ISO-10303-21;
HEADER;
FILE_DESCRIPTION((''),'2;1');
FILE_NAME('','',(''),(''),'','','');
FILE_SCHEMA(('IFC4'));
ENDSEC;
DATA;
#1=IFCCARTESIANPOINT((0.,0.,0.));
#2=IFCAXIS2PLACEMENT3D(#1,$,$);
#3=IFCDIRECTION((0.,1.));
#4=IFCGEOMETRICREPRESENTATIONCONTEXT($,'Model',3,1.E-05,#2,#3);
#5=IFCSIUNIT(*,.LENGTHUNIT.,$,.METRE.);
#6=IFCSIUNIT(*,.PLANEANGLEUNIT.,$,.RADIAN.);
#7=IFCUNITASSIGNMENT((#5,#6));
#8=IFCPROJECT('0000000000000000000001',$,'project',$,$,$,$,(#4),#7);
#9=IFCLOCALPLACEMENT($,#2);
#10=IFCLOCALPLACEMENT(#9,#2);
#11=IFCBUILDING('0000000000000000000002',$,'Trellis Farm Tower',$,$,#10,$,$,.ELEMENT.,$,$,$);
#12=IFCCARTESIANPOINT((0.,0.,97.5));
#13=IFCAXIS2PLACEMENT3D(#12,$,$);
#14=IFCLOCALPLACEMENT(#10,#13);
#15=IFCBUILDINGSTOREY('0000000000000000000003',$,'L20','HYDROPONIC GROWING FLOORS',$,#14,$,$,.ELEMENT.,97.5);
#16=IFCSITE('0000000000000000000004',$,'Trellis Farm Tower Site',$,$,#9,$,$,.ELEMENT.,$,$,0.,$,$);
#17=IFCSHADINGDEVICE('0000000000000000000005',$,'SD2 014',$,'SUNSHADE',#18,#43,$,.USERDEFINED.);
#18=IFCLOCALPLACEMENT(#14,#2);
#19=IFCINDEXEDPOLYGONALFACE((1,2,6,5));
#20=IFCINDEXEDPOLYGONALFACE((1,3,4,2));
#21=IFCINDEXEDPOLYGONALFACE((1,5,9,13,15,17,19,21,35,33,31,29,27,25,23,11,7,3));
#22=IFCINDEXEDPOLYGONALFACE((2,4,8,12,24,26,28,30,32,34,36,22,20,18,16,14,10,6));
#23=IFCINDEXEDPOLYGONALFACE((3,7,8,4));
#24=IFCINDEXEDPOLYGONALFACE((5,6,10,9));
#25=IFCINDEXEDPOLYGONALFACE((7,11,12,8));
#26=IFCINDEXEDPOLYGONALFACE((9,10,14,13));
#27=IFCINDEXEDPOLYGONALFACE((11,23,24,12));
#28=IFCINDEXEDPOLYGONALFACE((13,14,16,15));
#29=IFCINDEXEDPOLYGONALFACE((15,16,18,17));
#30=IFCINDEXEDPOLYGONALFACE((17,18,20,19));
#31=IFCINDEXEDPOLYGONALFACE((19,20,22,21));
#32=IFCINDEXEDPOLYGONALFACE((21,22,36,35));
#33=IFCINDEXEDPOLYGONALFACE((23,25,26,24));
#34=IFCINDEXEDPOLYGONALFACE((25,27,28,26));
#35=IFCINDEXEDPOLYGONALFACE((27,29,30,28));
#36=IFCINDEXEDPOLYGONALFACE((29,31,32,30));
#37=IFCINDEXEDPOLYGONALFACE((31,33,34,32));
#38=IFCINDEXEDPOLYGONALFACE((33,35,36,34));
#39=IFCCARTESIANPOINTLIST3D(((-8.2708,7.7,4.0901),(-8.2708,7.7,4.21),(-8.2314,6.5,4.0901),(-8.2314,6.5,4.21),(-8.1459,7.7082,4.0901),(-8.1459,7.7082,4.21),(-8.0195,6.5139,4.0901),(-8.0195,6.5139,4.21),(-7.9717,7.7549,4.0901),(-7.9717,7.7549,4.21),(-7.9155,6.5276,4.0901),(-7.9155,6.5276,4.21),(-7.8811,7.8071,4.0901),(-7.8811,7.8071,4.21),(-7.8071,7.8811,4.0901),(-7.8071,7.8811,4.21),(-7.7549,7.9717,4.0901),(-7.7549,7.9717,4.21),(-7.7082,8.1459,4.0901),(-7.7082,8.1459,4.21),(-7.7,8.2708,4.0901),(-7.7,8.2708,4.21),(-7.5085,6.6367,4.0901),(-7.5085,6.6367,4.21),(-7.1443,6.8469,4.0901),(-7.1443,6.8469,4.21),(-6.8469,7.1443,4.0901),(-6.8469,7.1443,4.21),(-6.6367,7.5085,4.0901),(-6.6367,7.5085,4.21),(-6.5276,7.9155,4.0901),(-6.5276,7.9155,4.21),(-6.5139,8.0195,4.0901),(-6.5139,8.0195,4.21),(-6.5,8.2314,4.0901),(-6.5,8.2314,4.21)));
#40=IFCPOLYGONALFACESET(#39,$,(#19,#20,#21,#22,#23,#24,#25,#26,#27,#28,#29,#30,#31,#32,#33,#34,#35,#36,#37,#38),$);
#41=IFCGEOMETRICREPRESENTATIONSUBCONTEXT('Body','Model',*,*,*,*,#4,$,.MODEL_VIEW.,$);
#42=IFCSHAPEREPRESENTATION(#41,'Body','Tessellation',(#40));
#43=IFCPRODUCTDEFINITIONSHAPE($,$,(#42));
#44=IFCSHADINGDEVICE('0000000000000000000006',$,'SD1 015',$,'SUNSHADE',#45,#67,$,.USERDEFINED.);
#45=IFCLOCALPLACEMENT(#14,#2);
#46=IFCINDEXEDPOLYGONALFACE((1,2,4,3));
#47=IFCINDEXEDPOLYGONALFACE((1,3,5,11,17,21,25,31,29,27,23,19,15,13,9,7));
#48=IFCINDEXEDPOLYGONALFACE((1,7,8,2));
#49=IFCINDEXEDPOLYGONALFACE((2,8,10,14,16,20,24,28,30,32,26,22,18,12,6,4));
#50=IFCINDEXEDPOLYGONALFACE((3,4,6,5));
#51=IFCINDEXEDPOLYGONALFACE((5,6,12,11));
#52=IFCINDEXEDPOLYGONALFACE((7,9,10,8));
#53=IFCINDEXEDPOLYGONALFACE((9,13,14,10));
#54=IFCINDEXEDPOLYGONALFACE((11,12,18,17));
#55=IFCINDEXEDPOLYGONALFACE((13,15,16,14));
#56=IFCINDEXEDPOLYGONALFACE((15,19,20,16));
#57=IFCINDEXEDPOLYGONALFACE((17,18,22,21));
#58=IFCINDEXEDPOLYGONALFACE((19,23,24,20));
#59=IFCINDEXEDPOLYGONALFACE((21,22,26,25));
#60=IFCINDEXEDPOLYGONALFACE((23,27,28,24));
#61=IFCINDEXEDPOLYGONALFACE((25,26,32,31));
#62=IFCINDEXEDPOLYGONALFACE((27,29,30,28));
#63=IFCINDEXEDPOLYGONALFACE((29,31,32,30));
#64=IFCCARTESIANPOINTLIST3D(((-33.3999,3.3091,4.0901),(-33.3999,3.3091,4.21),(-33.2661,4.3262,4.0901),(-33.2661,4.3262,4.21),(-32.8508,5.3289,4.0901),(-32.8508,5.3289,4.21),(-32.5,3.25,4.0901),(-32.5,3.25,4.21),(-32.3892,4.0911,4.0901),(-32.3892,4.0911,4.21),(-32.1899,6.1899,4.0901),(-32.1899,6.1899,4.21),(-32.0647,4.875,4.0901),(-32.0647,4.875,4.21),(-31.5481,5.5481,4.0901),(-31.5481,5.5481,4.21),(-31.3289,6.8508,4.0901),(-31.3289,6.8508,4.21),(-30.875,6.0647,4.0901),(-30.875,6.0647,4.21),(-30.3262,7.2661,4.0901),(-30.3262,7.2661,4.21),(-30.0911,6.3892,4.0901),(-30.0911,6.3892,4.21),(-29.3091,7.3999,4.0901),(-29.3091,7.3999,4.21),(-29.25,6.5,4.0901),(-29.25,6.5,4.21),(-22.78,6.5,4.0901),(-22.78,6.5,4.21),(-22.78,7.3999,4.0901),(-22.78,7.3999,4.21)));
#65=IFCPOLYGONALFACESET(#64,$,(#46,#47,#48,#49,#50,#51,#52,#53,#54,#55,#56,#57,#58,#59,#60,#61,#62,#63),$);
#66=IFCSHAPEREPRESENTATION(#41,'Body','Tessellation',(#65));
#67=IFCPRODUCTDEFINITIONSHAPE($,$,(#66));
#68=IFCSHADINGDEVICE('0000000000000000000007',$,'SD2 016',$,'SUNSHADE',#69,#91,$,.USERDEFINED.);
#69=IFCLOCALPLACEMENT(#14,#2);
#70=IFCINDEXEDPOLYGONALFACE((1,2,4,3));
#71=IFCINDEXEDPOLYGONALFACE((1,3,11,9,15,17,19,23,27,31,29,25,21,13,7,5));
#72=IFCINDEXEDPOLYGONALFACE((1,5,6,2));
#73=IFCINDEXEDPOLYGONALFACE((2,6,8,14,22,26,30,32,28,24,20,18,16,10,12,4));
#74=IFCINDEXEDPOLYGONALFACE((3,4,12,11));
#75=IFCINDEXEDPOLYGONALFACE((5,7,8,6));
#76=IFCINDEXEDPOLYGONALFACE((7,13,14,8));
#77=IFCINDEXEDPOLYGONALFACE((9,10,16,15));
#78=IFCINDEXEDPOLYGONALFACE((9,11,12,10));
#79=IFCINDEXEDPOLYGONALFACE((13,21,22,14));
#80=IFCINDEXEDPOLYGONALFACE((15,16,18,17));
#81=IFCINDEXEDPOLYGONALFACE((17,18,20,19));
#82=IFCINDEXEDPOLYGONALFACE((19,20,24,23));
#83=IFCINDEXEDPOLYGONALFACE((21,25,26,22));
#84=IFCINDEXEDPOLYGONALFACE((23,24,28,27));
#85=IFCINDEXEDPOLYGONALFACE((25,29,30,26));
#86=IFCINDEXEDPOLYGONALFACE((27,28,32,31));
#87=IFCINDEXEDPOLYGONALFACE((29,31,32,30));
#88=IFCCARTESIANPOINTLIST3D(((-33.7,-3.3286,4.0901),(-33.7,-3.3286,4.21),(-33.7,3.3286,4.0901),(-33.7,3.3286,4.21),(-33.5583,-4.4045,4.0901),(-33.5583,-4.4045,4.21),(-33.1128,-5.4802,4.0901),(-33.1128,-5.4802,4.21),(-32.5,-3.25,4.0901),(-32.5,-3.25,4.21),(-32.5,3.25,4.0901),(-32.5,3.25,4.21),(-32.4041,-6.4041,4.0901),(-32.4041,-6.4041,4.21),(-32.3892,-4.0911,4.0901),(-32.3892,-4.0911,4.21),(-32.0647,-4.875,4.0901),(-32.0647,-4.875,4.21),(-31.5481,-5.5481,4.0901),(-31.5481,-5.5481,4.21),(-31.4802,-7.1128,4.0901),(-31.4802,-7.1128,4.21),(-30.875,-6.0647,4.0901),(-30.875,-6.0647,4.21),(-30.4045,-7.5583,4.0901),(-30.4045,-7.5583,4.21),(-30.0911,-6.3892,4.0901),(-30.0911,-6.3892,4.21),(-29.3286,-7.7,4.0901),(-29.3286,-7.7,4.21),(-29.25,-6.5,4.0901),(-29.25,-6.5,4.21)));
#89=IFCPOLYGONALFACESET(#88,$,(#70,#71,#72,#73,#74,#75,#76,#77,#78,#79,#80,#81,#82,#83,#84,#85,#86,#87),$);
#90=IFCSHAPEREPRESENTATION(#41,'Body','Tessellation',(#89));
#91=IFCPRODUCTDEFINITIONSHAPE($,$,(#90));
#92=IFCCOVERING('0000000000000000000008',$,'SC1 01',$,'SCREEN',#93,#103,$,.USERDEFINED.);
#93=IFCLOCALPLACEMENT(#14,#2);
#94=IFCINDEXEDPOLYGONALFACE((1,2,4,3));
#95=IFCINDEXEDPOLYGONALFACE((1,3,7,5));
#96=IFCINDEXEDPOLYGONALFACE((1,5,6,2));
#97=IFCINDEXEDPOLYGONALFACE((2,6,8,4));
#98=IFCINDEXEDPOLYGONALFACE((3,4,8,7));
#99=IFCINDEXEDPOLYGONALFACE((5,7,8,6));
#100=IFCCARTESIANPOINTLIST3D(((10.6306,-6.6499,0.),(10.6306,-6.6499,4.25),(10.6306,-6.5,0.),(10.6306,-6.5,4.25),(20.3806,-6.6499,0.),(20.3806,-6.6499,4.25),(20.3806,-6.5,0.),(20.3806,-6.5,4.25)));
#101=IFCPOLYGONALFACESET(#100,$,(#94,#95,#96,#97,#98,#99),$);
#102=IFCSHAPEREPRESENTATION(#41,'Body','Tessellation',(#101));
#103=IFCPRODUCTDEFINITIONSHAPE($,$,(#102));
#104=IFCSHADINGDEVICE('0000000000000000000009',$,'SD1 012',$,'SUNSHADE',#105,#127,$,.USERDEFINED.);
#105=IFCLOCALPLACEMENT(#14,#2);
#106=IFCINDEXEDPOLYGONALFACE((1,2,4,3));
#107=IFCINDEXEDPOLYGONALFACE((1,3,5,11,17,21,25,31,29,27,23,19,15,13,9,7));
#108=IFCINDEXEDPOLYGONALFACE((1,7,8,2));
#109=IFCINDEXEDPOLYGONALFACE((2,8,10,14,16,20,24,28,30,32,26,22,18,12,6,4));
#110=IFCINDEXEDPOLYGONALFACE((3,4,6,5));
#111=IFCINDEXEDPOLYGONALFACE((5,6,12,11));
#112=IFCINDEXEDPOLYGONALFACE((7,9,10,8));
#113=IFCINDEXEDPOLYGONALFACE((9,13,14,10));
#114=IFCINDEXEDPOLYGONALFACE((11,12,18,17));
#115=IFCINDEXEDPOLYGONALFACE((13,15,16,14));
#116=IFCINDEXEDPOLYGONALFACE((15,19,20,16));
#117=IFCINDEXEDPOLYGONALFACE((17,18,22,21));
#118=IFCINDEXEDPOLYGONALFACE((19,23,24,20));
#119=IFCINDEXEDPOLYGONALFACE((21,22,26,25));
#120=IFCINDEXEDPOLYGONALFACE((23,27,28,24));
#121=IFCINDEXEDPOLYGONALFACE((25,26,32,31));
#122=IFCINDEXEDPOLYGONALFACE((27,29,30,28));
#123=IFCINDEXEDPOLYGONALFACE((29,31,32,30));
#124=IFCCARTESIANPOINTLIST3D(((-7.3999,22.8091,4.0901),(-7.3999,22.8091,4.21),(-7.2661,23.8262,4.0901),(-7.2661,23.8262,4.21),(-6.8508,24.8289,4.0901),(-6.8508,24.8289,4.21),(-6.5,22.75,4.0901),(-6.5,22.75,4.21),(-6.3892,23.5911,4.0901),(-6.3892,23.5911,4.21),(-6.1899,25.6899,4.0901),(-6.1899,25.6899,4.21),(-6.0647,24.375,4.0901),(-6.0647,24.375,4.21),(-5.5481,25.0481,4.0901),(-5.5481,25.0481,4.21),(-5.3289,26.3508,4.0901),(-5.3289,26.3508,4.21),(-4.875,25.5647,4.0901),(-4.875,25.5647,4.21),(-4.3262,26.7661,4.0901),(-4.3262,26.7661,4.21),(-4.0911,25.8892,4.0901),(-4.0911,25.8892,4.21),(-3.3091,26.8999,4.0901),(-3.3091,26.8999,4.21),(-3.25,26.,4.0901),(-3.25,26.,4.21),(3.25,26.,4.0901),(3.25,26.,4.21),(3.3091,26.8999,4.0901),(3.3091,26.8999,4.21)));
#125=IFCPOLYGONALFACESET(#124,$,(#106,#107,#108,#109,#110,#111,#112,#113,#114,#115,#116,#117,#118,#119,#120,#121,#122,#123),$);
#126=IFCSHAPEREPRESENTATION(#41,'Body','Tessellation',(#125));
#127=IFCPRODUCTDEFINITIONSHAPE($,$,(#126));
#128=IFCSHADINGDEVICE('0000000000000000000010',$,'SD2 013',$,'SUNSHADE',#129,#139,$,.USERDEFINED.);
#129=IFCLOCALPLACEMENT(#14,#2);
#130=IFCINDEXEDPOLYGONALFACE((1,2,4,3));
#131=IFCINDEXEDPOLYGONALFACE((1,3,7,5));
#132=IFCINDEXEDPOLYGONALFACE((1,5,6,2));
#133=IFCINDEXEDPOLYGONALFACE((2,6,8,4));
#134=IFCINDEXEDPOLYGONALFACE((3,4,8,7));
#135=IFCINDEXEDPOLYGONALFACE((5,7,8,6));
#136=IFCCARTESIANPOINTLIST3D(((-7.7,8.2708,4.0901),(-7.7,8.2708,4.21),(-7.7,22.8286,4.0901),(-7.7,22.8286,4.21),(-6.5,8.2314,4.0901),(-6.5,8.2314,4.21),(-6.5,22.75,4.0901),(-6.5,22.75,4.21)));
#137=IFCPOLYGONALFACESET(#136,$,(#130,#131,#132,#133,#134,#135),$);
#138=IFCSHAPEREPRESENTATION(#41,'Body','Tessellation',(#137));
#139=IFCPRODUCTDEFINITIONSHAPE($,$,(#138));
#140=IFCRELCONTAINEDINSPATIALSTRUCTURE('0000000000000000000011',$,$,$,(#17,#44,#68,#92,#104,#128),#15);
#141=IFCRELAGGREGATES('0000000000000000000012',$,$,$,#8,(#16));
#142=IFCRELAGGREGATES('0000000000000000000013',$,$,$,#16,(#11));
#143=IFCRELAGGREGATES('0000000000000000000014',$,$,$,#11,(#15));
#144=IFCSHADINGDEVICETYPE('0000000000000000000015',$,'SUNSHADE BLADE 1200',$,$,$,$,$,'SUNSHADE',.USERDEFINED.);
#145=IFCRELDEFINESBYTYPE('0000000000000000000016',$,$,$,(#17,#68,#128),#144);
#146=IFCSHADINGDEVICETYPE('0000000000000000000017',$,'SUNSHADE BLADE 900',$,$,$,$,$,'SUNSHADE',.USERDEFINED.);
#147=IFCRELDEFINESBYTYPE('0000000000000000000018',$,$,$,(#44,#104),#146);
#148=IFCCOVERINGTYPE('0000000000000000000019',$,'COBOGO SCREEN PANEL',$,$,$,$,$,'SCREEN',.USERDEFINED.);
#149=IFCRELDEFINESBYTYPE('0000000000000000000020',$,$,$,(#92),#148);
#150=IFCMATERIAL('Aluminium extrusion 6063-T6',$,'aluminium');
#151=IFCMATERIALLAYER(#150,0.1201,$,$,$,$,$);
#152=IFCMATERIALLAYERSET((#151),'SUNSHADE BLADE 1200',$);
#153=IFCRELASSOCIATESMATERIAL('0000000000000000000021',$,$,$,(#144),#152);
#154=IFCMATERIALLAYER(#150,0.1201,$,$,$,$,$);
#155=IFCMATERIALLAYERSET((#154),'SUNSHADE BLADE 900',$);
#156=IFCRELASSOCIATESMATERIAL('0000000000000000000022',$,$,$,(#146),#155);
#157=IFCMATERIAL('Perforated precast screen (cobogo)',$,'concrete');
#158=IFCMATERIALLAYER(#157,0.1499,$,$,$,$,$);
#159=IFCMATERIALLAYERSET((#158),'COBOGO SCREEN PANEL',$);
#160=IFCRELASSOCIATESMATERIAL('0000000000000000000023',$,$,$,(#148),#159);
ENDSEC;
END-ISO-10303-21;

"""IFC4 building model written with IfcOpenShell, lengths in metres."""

from ifc_helpers import new_model, si_unit, direction, frame, origin, place, context, subcontext, project, spatial, polyline, outline, extrude, source, transform, mapped, material, layer, layer_set, type_object, element, save


model = new_model("IFC4")

# Units and contexts
model_context = context("Model", 3, precision=1e-05, world=origin(), true_north=direction((0.0, 1.0)))
body_context = subcontext(model_context, "Body", "Model", "MODEL_VIEW")
ifc_project = project(units=[si_unit("LENGTHUNIT", "METRE"), si_unit("PLANEANGLEUNIT", "RADIAN")], contexts=[model_context])

# Site, building, storey
site_placement = place(None, origin())
site = spatial("IfcSite", under=ifc_project, at=site_placement, Name="Trellis Farm Tower Site", CompositionType="ELEMENT", RefElevation=0.0)
building_placement = place(site_placement, origin())
building = spatial("IfcBuilding", under=site, at=building_placement, Name="Trellis Farm Tower", CompositionType="ELEMENT")
storey_placement = place(building_placement, frame((0.0, 0.0, 97.5)))
storey = spatial("IfcBuildingStorey", under=building, at=storey_placement, Name="L20", Description="HYDROPONIC GROWING FLOORS", CompositionType="ELEMENT", Elevation=97.5)

# Shared definitions
placement_1 = place(storey_placement, origin())
ifc_material_1 = material(Name="Aluminium extrusion 6063-T6", Category="aluminium")

# Shading devices
ifc_layer_1 = layer(ifc_material_1, 0.1201)
ifc_layer_set_1 = layer_set([ifc_layer_1], Name="SUNSHADE BLADE 1200")
shading_device_type_1 = type_object("IfcShadingDeviceType", Name="SUNSHADE BLADE 1200", ElementType="SUNSHADE", PredefinedType="USERDEFINED", material=ifc_layer_set_1)
shared_shape_1 = source(origin(), body_context, "Body", "SweptSolid", [
    extrude(outline(polyline([(-7.7, 8.2708), (-7.7087, 8.1372), (-7.707, 8.1501), (-7.7549, 7.9717), (-7.8071, 7.8811), (-7.8811, 7.8071), (-7.9717, 7.7549), (-8.1501, 7.707), (-8.1372, 7.7087), (-8.2708, 7.7), (-8.2314, 6.5), (-8.0195, 6.5139), (-7.9155, 6.5276), (-7.5085, 6.6367), (-7.1443, 6.8469), (-6.8469, 7.1443), (-6.6367, 7.5085), (-6.5276, 7.9155), (-6.5139, 8.0195), (-6.5, 8.2314), (-7.7, 8.2708)])), origin(), (0.0, 0.0, 1.0), 0.1199),
])
placement_2 = place(storey_placement, frame((0.0, 0.0, 4.0901)))
element("IfcShadingDevice", 1, at=placement_2, inside=storey, type_object=shading_device_type_1, Name="SD2 014", ObjectType="SUNSHADE", PredefinedType="USERDEFINED", context=body_context, shape_type="MappedRepresentation", body=[
    mapped(shared_shape_1, transform((0.0, 0.0, 0.0))),
])
ifc_layer_2 = layer(ifc_material_1, 0.1201)
ifc_layer_set_2 = layer_set([ifc_layer_2], Name="SUNSHADE BLADE 900")
shading_device_type_2 = type_object("IfcShadingDeviceType", Name="SUNSHADE BLADE 900", ElementType="SUNSHADE", PredefinedType="USERDEFINED", material=ifc_layer_set_2)
shared_shape_2 = source(origin(), body_context, "Body", "SweptSolid", [
    extrude(outline(polyline([(-22.78, 7.3999), (-29.3091, 7.3999), (-30.3262, 7.2661), (-31.3289, 6.8508), (-32.1899, 6.1899), (-32.8508, 5.3289), (-33.2661, 4.3262), (-33.3999, 3.3091), (-32.5, 3.25), (-32.3892, 4.0911), (-32.0647, 4.875), (-31.5481, 5.5481), (-30.875, 6.0647), (-30.0911, 6.3892), (-29.25, 6.5), (-22.78, 6.5), (-22.78, 7.3999)])), origin(), (0.0, 0.0, 1.0), 0.1199),
])
element("IfcShadingDevice", 2, at=placement_2, inside=storey, type_object=shading_device_type_2, Name="SD1 015", ObjectType="SUNSHADE", PredefinedType="USERDEFINED", context=body_context, shape_type="MappedRepresentation", body=[
    mapped(shared_shape_2, transform((0.0, 0.0, 0.0))),
])
shared_shape_3 = source(origin(), body_context, "Body", "SweptSolid", [
    extrude(outline(polyline([(-33.7, 3.3286), (-33.7, -3.3286), (-33.5583, -4.4045), (-33.1128, -5.4802), (-32.4041, -6.4041), (-31.4802, -7.1128), (-30.4045, -7.5583), (-29.3286, -7.7), (-29.25, -6.5), (-30.0911, -6.3892), (-30.875, -6.0647), (-31.5481, -5.5481), (-32.0647, -4.875), (-32.3892, -4.0911), (-32.5, -3.25), (-32.5, 3.25), (-33.7, 3.3286)])), origin(), (0.0, 0.0, 1.0), 0.1199),
])
element("IfcShadingDevice", 3, at=placement_2, inside=storey, type_object=shading_device_type_1, Name="SD2 016", ObjectType="SUNSHADE", PredefinedType="USERDEFINED", context=body_context, shape_type="MappedRepresentation", body=[
    mapped(shared_shape_3, transform((0.0, 0.0, 0.0))),
])

# Covering
ifc_material_2 = material(Name="Perforated precast screen (cobogo)", Category="concrete")
ifc_layer_3 = layer(ifc_material_2, 0.1499)
ifc_layer_set_3 = layer_set([ifc_layer_3], Name="COBOGO SCREEN PANEL")
covering_type = type_object("IfcCoveringType", Name="COBOGO SCREEN PANEL", ElementType="SCREEN", PredefinedType="USERDEFINED", material=ifc_layer_set_3)
shared_shape_4 = source(origin(), body_context, "Body", "SweptSolid", [
    extrude(outline(polyline([(10.6306, -6.6499), (20.3806, -6.6499), (20.3806, -6.5), (10.6306, -6.5), (10.6306, -6.6499)])), origin(), (0.0, 0.0, 1.0), 4.25),
])
element("IfcCovering", 4, at=placement_1, inside=storey, type_object=covering_type, Name="SC1 01", ObjectType="SCREEN", PredefinedType="USERDEFINED", context=body_context, shape_type="MappedRepresentation", body=[
    mapped(shared_shape_4, transform((0.0, 0.0, 0.0))),
])

# Shading devices
shared_shape_5 = source(origin(), body_context, "Body", "SweptSolid", [
    extrude(outline(polyline([(3.3091, 26.8999), (-3.3091, 26.8999), (-4.3262, 26.7661), (-5.3289, 26.3508), (-6.1899, 25.6899), (-6.8508, 24.8289), (-7.2661, 23.8262), (-7.3999, 22.8091), (-6.5, 22.75), (-6.3892, 23.5911), (-6.0647, 24.375), (-5.5481, 25.0481), (-4.875, 25.5647), (-4.0911, 25.8892), (-3.25, 26.0), (3.25, 26.0), (3.3091, 26.8999)])), origin(), (0.0, 0.0, 1.0), 0.1199),
])
element("IfcShadingDevice", 5, at=placement_2, inside=storey, type_object=shading_device_type_2, Name="SD1 012", ObjectType="SUNSHADE", PredefinedType="USERDEFINED", context=body_context, shape_type="MappedRepresentation", body=[
    mapped(shared_shape_5, transform((0.0, 0.0, 0.0))),
])
shared_shape_6 = source(origin(), body_context, "Body", "SweptSolid", [
    extrude(outline(polyline([(-7.7, 22.8286), (-7.7, 8.2708), (-6.5, 8.2314), (-6.5, 22.75), (-7.7, 22.8286)])), origin(), (0.0, 0.0, 1.0), 0.1199),
])
element("IfcShadingDevice", 6, at=placement_2, inside=storey, type_object=shading_device_type_1, Name="SD2 013", ObjectType="SUNSHADE", PredefinedType="USERDEFINED", context=body_context, shape_type="MappedRepresentation", body=[
    mapped(shared_shape_6, transform((0.0, 0.0, 0.0))),
])

save(model, "model.ifc")
